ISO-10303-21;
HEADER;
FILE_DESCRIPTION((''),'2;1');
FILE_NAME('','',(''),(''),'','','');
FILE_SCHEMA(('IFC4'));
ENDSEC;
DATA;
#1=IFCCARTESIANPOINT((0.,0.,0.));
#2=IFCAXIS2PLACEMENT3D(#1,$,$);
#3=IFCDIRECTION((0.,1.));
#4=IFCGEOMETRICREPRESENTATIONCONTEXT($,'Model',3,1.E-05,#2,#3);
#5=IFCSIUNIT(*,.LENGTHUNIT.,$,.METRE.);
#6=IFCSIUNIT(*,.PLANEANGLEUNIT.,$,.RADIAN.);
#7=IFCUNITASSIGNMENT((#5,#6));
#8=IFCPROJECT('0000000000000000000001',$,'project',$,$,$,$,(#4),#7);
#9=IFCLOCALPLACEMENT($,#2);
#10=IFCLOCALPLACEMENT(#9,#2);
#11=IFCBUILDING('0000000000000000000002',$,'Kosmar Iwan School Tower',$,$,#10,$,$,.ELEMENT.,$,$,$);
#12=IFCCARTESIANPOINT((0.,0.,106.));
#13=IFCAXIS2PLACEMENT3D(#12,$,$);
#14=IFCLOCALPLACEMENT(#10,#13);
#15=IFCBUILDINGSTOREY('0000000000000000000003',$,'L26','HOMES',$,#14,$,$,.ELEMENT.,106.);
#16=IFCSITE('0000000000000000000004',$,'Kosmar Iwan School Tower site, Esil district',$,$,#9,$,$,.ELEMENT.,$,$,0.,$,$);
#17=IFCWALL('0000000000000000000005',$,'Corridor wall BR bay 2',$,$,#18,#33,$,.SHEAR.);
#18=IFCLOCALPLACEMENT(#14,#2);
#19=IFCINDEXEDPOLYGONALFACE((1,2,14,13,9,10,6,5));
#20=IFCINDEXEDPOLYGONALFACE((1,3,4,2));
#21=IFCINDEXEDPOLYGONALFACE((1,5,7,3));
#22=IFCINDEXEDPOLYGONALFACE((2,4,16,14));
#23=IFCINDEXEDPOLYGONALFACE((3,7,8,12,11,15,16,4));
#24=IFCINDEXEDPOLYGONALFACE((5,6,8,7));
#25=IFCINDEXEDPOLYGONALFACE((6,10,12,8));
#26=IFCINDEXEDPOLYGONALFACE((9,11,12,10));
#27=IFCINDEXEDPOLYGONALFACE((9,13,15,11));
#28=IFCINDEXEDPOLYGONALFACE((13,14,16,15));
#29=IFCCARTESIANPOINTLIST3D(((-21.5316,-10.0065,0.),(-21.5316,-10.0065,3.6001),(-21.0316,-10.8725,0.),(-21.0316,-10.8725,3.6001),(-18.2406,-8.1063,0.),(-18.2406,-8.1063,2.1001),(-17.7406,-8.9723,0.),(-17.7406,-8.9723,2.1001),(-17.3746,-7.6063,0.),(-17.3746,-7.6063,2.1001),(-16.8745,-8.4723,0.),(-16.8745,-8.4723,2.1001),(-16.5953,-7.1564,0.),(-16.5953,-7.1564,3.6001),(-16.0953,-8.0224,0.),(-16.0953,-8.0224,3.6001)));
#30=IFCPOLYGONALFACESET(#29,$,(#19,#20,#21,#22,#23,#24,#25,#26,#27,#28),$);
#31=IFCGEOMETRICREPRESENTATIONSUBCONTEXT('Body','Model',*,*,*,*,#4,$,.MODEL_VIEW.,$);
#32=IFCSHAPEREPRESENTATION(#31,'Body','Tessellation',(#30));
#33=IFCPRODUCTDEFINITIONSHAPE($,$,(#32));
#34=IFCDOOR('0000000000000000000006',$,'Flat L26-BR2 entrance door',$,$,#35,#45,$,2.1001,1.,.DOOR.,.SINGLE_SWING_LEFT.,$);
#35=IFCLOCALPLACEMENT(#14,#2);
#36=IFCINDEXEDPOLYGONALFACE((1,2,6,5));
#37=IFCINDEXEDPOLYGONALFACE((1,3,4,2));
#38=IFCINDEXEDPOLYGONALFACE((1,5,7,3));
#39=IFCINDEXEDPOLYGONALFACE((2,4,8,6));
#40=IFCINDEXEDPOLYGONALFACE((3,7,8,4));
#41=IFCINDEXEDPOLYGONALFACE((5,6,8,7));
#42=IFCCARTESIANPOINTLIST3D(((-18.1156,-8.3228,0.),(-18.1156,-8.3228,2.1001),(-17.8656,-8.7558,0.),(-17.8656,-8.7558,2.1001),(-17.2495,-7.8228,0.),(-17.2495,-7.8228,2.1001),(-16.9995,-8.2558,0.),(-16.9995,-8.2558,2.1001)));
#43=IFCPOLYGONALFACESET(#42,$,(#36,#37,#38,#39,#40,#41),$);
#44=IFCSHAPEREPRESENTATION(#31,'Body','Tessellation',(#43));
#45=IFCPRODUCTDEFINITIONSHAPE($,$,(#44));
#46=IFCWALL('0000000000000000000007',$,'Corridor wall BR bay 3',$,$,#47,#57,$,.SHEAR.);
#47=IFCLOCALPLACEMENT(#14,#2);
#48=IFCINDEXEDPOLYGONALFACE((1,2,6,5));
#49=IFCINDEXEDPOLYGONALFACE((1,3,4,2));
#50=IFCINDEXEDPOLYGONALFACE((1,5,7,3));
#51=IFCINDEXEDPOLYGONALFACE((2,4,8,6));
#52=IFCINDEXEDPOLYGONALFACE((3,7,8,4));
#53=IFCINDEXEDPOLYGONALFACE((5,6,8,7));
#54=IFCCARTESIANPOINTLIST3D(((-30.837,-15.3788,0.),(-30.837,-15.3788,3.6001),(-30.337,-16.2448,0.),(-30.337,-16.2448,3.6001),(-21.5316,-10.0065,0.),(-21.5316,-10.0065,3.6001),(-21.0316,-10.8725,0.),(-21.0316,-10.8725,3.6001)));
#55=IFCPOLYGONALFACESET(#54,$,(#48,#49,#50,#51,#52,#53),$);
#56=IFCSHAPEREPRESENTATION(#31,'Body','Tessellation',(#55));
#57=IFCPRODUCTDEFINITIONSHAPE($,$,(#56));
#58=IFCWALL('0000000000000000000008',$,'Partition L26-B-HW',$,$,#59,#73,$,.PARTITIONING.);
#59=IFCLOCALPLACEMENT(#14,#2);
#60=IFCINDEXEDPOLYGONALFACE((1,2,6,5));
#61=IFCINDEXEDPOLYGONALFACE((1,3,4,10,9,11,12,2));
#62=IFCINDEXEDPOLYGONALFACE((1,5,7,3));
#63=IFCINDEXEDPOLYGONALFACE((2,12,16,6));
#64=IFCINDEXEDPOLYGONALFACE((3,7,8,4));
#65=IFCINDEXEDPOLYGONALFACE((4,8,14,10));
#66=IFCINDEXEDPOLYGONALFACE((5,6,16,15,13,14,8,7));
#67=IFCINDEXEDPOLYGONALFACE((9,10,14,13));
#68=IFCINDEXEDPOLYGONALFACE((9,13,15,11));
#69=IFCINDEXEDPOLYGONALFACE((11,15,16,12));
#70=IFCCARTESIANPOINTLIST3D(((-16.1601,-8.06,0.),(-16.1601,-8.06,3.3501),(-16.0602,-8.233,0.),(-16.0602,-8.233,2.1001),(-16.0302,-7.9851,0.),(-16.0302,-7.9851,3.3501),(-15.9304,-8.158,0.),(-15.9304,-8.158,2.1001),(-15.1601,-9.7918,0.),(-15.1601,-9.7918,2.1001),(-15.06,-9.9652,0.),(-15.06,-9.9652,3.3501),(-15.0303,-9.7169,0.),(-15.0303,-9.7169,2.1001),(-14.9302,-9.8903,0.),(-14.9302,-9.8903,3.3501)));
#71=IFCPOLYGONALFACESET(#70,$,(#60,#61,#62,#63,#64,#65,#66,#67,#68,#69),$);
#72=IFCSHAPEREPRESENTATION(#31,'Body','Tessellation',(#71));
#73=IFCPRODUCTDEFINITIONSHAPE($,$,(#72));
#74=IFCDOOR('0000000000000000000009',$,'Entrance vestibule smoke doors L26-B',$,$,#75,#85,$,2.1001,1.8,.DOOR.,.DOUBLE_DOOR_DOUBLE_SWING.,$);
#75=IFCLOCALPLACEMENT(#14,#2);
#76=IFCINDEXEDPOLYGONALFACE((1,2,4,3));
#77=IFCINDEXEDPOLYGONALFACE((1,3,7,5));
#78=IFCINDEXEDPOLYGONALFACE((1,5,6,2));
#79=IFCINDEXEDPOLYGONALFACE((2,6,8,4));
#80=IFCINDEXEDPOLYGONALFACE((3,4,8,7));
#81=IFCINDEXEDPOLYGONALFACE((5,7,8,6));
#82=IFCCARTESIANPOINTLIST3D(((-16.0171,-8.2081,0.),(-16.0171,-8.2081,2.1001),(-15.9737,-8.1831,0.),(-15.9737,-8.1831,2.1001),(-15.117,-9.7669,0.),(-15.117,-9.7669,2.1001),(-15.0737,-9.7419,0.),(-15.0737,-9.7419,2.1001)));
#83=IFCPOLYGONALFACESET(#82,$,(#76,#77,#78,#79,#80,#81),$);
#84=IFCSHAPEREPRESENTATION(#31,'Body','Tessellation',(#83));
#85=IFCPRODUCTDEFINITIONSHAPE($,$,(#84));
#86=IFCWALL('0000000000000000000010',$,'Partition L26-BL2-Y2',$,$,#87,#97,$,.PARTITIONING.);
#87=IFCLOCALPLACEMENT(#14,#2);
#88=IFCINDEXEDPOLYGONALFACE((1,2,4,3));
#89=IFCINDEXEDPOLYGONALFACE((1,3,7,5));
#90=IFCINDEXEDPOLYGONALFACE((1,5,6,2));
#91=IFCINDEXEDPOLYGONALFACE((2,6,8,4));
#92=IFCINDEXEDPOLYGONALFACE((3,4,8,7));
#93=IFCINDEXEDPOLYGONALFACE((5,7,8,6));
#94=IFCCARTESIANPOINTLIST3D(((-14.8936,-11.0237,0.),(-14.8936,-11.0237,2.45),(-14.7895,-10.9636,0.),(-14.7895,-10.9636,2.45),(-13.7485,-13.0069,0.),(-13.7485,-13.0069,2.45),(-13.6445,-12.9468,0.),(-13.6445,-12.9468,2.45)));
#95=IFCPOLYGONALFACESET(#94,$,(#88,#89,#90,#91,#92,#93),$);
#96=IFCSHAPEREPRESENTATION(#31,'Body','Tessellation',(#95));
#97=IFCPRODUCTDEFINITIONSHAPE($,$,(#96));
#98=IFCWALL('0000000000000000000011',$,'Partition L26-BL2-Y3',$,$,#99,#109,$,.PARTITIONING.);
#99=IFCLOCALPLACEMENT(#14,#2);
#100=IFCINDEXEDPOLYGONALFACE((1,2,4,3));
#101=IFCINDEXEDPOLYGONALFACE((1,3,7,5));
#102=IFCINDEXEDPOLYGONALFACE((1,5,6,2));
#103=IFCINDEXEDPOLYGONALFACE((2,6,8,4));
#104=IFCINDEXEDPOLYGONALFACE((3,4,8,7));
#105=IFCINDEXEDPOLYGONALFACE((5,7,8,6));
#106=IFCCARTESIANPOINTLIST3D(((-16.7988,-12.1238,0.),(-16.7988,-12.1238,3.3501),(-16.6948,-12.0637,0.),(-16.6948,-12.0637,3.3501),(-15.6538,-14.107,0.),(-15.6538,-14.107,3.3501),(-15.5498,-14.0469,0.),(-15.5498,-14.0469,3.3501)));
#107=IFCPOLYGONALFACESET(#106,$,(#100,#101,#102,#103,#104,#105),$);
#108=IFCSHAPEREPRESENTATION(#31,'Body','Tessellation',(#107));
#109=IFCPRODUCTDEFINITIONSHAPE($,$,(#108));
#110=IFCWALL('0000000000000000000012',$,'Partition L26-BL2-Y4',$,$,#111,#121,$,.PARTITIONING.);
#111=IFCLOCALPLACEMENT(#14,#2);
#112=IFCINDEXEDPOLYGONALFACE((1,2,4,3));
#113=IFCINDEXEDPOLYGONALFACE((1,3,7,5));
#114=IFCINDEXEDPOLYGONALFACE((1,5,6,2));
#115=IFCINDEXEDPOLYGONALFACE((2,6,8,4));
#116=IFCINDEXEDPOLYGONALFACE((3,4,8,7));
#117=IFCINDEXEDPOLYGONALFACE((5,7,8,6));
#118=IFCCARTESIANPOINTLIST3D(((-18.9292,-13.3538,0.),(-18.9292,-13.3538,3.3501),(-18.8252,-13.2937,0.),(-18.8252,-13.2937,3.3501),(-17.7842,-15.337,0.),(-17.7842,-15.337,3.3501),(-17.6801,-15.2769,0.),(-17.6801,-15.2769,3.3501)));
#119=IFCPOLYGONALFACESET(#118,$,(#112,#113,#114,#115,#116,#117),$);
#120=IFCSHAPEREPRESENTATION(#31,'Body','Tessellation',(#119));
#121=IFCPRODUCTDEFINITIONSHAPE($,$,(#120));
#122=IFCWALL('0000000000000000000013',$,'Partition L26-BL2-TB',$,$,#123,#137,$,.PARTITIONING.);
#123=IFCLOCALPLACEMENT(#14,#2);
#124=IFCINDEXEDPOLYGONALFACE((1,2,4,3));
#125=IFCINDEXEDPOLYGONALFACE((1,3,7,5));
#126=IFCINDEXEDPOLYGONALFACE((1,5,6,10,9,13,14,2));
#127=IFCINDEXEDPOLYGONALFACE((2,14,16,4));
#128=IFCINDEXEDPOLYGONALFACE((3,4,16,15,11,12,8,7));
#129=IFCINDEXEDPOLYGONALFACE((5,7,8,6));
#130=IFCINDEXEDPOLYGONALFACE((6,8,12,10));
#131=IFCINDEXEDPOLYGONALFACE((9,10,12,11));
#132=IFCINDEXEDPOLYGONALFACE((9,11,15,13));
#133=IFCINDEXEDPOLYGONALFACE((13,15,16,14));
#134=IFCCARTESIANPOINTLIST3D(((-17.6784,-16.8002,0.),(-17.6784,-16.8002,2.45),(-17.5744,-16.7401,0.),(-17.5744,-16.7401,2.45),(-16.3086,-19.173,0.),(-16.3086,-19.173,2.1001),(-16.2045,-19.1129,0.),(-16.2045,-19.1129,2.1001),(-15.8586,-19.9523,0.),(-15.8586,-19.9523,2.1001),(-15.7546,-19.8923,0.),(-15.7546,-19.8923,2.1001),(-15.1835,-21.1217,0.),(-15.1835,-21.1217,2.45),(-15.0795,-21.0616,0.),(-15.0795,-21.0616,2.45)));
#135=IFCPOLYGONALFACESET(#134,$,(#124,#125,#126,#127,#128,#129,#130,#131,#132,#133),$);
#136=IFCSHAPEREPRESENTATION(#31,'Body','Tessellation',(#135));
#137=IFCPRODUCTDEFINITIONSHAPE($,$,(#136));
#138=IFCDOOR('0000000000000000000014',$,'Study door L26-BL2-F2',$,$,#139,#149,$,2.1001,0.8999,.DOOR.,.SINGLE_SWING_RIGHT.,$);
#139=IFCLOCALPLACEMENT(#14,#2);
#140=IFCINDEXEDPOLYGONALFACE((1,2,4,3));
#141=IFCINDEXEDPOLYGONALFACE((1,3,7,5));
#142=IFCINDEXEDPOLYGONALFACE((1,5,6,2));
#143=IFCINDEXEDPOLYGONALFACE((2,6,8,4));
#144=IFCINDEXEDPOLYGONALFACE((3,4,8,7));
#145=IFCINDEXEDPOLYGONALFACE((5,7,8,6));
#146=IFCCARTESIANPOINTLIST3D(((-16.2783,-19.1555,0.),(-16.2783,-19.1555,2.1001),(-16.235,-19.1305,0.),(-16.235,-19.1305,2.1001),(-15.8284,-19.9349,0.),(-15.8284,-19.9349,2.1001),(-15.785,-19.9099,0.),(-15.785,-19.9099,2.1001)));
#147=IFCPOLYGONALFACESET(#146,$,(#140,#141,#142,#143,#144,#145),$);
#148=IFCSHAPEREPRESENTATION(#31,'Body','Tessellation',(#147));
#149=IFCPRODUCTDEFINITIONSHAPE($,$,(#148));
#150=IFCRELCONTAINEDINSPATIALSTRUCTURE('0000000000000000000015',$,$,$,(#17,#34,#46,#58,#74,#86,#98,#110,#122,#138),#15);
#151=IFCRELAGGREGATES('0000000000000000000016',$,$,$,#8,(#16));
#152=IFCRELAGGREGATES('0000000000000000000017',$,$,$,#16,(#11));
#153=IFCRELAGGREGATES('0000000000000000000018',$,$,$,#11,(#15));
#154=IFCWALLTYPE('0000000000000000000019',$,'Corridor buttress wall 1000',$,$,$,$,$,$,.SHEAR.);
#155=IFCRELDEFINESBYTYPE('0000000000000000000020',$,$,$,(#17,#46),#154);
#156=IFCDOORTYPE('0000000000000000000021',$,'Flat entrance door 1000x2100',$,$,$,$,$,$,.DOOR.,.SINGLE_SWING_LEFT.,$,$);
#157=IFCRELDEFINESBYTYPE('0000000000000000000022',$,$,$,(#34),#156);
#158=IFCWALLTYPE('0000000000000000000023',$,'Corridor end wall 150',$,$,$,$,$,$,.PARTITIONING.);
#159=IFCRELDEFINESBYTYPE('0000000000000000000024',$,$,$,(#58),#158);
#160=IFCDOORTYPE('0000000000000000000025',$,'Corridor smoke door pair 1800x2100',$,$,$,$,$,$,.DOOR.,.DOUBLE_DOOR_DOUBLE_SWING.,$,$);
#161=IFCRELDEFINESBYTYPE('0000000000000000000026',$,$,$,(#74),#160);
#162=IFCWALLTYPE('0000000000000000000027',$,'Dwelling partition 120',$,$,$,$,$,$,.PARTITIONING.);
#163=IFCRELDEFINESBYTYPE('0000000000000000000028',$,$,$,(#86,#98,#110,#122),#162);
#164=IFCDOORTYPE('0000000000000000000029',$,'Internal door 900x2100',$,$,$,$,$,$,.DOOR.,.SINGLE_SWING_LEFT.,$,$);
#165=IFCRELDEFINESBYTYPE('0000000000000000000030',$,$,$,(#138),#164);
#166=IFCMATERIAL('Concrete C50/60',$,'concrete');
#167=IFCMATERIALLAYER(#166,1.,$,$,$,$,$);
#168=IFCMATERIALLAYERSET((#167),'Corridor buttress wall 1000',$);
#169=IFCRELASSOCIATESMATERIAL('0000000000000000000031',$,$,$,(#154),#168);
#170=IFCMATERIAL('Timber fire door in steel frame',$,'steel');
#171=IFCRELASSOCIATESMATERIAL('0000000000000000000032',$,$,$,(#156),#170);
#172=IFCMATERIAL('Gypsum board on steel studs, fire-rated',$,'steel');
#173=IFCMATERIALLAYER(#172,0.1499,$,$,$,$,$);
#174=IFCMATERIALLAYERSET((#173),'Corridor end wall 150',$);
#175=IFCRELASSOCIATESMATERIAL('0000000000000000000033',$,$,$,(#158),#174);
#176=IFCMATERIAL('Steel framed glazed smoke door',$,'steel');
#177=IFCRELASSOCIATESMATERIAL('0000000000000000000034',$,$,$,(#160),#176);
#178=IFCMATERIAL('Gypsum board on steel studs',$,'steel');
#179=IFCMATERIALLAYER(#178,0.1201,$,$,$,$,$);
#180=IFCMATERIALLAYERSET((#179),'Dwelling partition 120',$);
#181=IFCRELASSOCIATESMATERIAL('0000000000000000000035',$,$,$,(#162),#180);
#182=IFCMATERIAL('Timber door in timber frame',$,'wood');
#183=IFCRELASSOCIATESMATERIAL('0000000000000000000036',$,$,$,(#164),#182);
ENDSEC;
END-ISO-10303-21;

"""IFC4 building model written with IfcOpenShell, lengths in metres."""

from ifc_helpers import new_model, si_unit, direction, frame, frame_2d, origin, place, context, subcontext, project, spatial, rectangle, extrude, material, layer, layer_set, type_object, element, fill, save


model = new_model("IFC4")

# Units and contexts
model_context = context("Model", 3, precision=1e-05, world=origin(), true_north=direction((0.0, 1.0)))
body_context = subcontext(model_context, "Body", "Model", "MODEL_VIEW")
ifc_project = project(units=[si_unit("LENGTHUNIT", "METRE"), si_unit("PLANEANGLEUNIT", "RADIAN")], contexts=[model_context])

# Site, building, storey
site_placement = place(None, origin())
site = spatial("IfcSite", under=ifc_project, at=site_placement, Name="Kosmar Iwan School Tower site, Esil district", CompositionType="ELEMENT", RefElevation=0.0)
building_placement = place(site_placement, origin())
building = spatial("IfcBuilding", under=site, at=building_placement, Name="Kosmar Iwan School Tower", CompositionType="ELEMENT")
storey_placement = place(building_placement, frame((0.0, 0.0, 106.0)))
storey = spatial("IfcBuildingStorey", under=building, at=storey_placement, Name="L26", Description="HOMES", CompositionType="ELEMENT", Elevation=106.0)

# Wall, opening, door
ifc_material_1 = material(Name="Concrete C50/60", Category="concrete")
ifc_layer_1 = layer(ifc_material_1, 1.0)
ifc_layer_set_1 = layer_set([ifc_layer_1], Name="Corridor buttress wall 1000")
wall_type_1 = type_object("IfcWallType", Name="Corridor buttress wall 1000", PredefinedType="SHEAR", material=ifc_layer_set_1)
ifc_material_2 = material(Name="Timber fire door in steel frame", Category="steel")
door_type_1 = type_object("IfcDoorType", Name="Flat entrance door 1000x2100", OperationType="SINGLE_SWING_LEFT", PredefinedType="DOOR", material=ifc_material_2)
wall_1_placement = place(storey_placement, frame((-16.3452, -7.5894, 0.0), z_axis=(0.0, 0.0, 1.0), x_axis=(-0.866015, -0.500018, 0.0)))
wall_1 = element("IfcWall", 1, at=wall_1_placement, inside=storey, type_object=wall_type_1, Name="Corridor wall BR bay 2", PredefinedType="SHEAR", context=body_context, shape_type="SweptSolid", body=[
    extrude(rectangle(XDim=5.7, YDim=1.0, at=frame_2d((2.8501, 0.0))), origin(), (0.0, 0.0, 1.0), 3.6001),
])
opening_1_placement = place(wall_1_placement, frame((0.8999, 0.0, 0.0)))
opening_1 = element("IfcOpeningElement", 2, at=opening_1_placement, cuts=wall_1, PredefinedType="OPENING", context=body_context, shape_type="SweptSolid", body=[
    extrude(rectangle(XDim=1.0, YDim=2.1001, at=frame_2d((0.5, 1.05))), frame((0.0, 0.512, 0.0), z_axis=(0.0, -1.0, 0.0), x_axis=(1.0, 0.0, 0.0)), (0.0, 0.0, 1.0), 1.0239),
])
door_1_placement = place(opening_1_placement, origin())
door_1 = element("IfcDoor", 3, at=door_1_placement, inside=storey, type_object=door_type_1, Name="Flat L26-BR2 entrance door", OperationType="SINGLE_SWING_LEFT", OverallHeight=2.1001, OverallWidth=1.0, PredefinedType="DOOR", context=body_context, shape_type="SweptSolid", body=[
    extrude(rectangle(XDim=1.0, YDim=2.1001, at=frame_2d((0.5, 1.05))), frame((0.0, 0.25, 0.0), z_axis=(0.0, -1.0, 0.0), x_axis=(1.0, 0.0, 0.0)), (0.0, 0.0, 1.0), 0.5),
])
fill(opening_1, door_1)

# Wall
wall_2_placement = place(storey_placement, frame((-21.2815, -10.4395, 0.0), z_axis=(0.0, 0.0, 1.0), x_axis=(-0.866032, -0.499988, 0.0)))
element("IfcWall", 4, at=wall_2_placement, inside=storey, type_object=wall_type_1, Name="Corridor wall BR bay 3", PredefinedType="SHEAR", context=body_context, shape_type="SweptSolid", body=[
    extrude(rectangle(XDim=10.7449, YDim=1.0, at=frame_2d((5.3726, 0.0))), origin(), (0.0, 0.0, 1.0), 3.6001),
])

# Wall, opening, door
ifc_material_3 = material(Name="Gypsum board on steel studs, fire-rated", Category="steel")
ifc_layer_2 = layer(ifc_material_3, 0.1499)
ifc_layer_set_2 = layer_set([ifc_layer_2], Name="Corridor end wall 150")
wall_type_2 = type_object("IfcWallType", Name="Corridor end wall 150", PredefinedType="PARTITIONING", material=ifc_layer_set_2)
wall_3_placement = place(storey_placement, frame((-16.0952, -8.0225, 0.0), z_axis=(0.0, 0.0, 1.0), x_axis=(0.50003, -0.866008, 0.0)))
wall_3 = element("IfcWall", 5, at=wall_3_placement, inside=storey, type_object=wall_type_2, Name="Partition L26-B-HW", PredefinedType="PARTITIONING", context=body_context, shape_type="SweptSolid", body=[
    extrude(rectangle(XDim=2.2, YDim=0.1499, at=frame_2d((1.1001, 0.0))), origin(), (0.0, 0.0, 1.0), 3.3501),
])
opening_2_placement = place(wall_3_placement, frame((0.2, 0.0, 0.0)))
opening_2 = element("IfcOpeningElement", 6, at=opening_2_placement, cuts=wall_3, PredefinedType="OPENING", context=body_context, shape_type="SweptSolid", body=[
    extrude(rectangle(XDim=1.8, YDim=2.1001, at=frame_2d((0.8999, 1.05))), frame((0.0, 0.0869, 0.0), z_axis=(0.0, -1.0, 0.0), x_axis=(1.0, 0.0, 0.0)), (0.0, 0.0, 1.0), 0.1738),
])
ifc_material_4 = material(Name="Steel framed glazed smoke door", Category="steel")
door_type_2 = type_object("IfcDoorType", Name="Corridor smoke door pair 1800x2100", OperationType="DOUBLE_DOOR_DOUBLE_SWING", PredefinedType="DOOR", material=ifc_material_4)
door_2_placement = place(opening_2_placement, origin())
door_2 = element("IfcDoor", 7, at=door_2_placement, inside=storey, type_object=door_type_2, Name="Entrance vestibule smoke doors L26-B", OperationType="DOUBLE_DOOR_DOUBLE_SWING", OverallHeight=2.1001, OverallWidth=1.8, PredefinedType="DOOR", context=body_context, shape_type="SweptSolid", body=[
    extrude(rectangle(XDim=1.8, YDim=2.1001, at=frame_2d((0.8999, 1.05))), frame((0.0, 0.0249, 0.0), z_axis=(0.0, -1.0, 0.0), x_axis=(1.0, 0.0, 0.0)), (0.0, 0.0, 1.0), 0.05),
])
fill(opening_2, door_2)

# Walls
ifc_material_5 = material(Name="Gypsum board on steel studs", Category="steel")
ifc_layer_3 = layer(ifc_material_5, 0.1201)
ifc_layer_set_3 = layer_set([ifc_layer_3], Name="Dwelling partition 120")
wall_type_3 = type_object("IfcWallType", Name="Dwelling partition 120", PredefinedType="PARTITIONING", material=ifc_layer_set_3)
wall_4_placement = place(storey_placement, frame((-14.8416, -10.9937, 0.0), z_axis=(0.0, 0.0, 1.0), x_axis=(0.500015, -0.866017, 0.0)))
element("IfcWall", 8, at=wall_4_placement, inside=storey, type_object=wall_type_3, Name="Partition L26-BL2-Y2", PredefinedType="PARTITIONING", context=body_context, shape_type="SweptSolid", body=[
    extrude(rectangle(XDim=2.29, YDim=0.1201, at=frame_2d((1.145, 0.0))), origin(), (0.0, 0.0, 1.0), 2.45),
])
for number, where, z_axis, x_axis, name in (
    (9, (-16.7468, -12.0938, 0.0), (0.0, 0.0, 1.0), (0.500015, -0.866017, 0.0), "Partition L26-BL2-Y3"),
    (10, (-18.8772, -13.3237, 0.0), (0.0, 0.0, 1.0), (0.500015, -0.866017, 0.0), "Partition L26-BL2-Y4"),
):
    element("IfcWall", number, at=place(storey_placement, frame(where, z_axis=z_axis, x_axis=x_axis)), inside=storey, type_object=wall_type_3, Name=name, PredefinedType="PARTITIONING", context=body_context, shape_type="SweptSolid", body=[
        extrude(rectangle(XDim=2.29, YDim=0.1201, at=frame_2d((1.145, 0.0))), origin(), (0.0, 0.0, 1.0), 3.3501),
    ])

# Wall, opening, door
wall_5_placement = place(storey_placement, frame((-17.6265, -16.77, 0.0), z_axis=(0.0, 0.0, 1.0), x_axis=(0.499975, -0.86604, 0.0)))
wall_5 = element("IfcWall", 11, at=wall_5_placement, inside=storey, type_object=wall_type_3, Name="Partition L26-BL2-TB", PredefinedType="PARTITIONING", context=body_context, shape_type="SweptSolid", body=[
    extrude(rectangle(XDim=4.99, YDim=0.1201, at=frame_2d((2.4951, 0.0))), origin(), (0.0, 0.0, 1.0), 2.45),
])
opening_3_placement = place(wall_5_placement, frame((2.74, 0.0, 0.0)))
opening_3 = element("IfcOpeningElement", 12, at=opening_3_placement, cuts=wall_5, PredefinedType="OPENING", context=body_context, shape_type="SweptSolid", body=[
    extrude(rectangle(XDim=0.8999, YDim=2.1001, at=frame_2d((0.45, 1.05))), frame((0.0, 0.072, 0.0), z_axis=(0.0, -1.0, 0.0), x_axis=(1.0, 0.0, 0.0)), (0.0, 0.0, 1.0), 0.144),
])
ifc_material_6 = material(Name="Timber door in timber frame", Category="wood")
door_type_3 = type_object("IfcDoorType", Name="Internal door 900x2100", OperationType="SINGLE_SWING_LEFT", PredefinedType="DOOR", material=ifc_material_6)
door_3_placement = place(opening_3_placement, origin())
door_3 = element("IfcDoor", 13, at=door_3_placement, inside=storey, type_object=door_type_3, Name="Study door L26-BL2-F2", OperationType="SINGLE_SWING_RIGHT", OverallHeight=2.1001, OverallWidth=0.8999, PredefinedType="DOOR", context=body_context, shape_type="SweptSolid", body=[
    extrude(rectangle(XDim=0.8999, YDim=2.1001, at=frame_2d((0.45, 1.05))), frame((0.0, 0.0249, 0.0), z_axis=(0.0, -1.0, 0.0), x_axis=(1.0, 0.0, 0.0)), (0.0, 0.0, 1.0), 0.05),
])
fill(opening_3, door_3)

save(model, "model.ifc")
